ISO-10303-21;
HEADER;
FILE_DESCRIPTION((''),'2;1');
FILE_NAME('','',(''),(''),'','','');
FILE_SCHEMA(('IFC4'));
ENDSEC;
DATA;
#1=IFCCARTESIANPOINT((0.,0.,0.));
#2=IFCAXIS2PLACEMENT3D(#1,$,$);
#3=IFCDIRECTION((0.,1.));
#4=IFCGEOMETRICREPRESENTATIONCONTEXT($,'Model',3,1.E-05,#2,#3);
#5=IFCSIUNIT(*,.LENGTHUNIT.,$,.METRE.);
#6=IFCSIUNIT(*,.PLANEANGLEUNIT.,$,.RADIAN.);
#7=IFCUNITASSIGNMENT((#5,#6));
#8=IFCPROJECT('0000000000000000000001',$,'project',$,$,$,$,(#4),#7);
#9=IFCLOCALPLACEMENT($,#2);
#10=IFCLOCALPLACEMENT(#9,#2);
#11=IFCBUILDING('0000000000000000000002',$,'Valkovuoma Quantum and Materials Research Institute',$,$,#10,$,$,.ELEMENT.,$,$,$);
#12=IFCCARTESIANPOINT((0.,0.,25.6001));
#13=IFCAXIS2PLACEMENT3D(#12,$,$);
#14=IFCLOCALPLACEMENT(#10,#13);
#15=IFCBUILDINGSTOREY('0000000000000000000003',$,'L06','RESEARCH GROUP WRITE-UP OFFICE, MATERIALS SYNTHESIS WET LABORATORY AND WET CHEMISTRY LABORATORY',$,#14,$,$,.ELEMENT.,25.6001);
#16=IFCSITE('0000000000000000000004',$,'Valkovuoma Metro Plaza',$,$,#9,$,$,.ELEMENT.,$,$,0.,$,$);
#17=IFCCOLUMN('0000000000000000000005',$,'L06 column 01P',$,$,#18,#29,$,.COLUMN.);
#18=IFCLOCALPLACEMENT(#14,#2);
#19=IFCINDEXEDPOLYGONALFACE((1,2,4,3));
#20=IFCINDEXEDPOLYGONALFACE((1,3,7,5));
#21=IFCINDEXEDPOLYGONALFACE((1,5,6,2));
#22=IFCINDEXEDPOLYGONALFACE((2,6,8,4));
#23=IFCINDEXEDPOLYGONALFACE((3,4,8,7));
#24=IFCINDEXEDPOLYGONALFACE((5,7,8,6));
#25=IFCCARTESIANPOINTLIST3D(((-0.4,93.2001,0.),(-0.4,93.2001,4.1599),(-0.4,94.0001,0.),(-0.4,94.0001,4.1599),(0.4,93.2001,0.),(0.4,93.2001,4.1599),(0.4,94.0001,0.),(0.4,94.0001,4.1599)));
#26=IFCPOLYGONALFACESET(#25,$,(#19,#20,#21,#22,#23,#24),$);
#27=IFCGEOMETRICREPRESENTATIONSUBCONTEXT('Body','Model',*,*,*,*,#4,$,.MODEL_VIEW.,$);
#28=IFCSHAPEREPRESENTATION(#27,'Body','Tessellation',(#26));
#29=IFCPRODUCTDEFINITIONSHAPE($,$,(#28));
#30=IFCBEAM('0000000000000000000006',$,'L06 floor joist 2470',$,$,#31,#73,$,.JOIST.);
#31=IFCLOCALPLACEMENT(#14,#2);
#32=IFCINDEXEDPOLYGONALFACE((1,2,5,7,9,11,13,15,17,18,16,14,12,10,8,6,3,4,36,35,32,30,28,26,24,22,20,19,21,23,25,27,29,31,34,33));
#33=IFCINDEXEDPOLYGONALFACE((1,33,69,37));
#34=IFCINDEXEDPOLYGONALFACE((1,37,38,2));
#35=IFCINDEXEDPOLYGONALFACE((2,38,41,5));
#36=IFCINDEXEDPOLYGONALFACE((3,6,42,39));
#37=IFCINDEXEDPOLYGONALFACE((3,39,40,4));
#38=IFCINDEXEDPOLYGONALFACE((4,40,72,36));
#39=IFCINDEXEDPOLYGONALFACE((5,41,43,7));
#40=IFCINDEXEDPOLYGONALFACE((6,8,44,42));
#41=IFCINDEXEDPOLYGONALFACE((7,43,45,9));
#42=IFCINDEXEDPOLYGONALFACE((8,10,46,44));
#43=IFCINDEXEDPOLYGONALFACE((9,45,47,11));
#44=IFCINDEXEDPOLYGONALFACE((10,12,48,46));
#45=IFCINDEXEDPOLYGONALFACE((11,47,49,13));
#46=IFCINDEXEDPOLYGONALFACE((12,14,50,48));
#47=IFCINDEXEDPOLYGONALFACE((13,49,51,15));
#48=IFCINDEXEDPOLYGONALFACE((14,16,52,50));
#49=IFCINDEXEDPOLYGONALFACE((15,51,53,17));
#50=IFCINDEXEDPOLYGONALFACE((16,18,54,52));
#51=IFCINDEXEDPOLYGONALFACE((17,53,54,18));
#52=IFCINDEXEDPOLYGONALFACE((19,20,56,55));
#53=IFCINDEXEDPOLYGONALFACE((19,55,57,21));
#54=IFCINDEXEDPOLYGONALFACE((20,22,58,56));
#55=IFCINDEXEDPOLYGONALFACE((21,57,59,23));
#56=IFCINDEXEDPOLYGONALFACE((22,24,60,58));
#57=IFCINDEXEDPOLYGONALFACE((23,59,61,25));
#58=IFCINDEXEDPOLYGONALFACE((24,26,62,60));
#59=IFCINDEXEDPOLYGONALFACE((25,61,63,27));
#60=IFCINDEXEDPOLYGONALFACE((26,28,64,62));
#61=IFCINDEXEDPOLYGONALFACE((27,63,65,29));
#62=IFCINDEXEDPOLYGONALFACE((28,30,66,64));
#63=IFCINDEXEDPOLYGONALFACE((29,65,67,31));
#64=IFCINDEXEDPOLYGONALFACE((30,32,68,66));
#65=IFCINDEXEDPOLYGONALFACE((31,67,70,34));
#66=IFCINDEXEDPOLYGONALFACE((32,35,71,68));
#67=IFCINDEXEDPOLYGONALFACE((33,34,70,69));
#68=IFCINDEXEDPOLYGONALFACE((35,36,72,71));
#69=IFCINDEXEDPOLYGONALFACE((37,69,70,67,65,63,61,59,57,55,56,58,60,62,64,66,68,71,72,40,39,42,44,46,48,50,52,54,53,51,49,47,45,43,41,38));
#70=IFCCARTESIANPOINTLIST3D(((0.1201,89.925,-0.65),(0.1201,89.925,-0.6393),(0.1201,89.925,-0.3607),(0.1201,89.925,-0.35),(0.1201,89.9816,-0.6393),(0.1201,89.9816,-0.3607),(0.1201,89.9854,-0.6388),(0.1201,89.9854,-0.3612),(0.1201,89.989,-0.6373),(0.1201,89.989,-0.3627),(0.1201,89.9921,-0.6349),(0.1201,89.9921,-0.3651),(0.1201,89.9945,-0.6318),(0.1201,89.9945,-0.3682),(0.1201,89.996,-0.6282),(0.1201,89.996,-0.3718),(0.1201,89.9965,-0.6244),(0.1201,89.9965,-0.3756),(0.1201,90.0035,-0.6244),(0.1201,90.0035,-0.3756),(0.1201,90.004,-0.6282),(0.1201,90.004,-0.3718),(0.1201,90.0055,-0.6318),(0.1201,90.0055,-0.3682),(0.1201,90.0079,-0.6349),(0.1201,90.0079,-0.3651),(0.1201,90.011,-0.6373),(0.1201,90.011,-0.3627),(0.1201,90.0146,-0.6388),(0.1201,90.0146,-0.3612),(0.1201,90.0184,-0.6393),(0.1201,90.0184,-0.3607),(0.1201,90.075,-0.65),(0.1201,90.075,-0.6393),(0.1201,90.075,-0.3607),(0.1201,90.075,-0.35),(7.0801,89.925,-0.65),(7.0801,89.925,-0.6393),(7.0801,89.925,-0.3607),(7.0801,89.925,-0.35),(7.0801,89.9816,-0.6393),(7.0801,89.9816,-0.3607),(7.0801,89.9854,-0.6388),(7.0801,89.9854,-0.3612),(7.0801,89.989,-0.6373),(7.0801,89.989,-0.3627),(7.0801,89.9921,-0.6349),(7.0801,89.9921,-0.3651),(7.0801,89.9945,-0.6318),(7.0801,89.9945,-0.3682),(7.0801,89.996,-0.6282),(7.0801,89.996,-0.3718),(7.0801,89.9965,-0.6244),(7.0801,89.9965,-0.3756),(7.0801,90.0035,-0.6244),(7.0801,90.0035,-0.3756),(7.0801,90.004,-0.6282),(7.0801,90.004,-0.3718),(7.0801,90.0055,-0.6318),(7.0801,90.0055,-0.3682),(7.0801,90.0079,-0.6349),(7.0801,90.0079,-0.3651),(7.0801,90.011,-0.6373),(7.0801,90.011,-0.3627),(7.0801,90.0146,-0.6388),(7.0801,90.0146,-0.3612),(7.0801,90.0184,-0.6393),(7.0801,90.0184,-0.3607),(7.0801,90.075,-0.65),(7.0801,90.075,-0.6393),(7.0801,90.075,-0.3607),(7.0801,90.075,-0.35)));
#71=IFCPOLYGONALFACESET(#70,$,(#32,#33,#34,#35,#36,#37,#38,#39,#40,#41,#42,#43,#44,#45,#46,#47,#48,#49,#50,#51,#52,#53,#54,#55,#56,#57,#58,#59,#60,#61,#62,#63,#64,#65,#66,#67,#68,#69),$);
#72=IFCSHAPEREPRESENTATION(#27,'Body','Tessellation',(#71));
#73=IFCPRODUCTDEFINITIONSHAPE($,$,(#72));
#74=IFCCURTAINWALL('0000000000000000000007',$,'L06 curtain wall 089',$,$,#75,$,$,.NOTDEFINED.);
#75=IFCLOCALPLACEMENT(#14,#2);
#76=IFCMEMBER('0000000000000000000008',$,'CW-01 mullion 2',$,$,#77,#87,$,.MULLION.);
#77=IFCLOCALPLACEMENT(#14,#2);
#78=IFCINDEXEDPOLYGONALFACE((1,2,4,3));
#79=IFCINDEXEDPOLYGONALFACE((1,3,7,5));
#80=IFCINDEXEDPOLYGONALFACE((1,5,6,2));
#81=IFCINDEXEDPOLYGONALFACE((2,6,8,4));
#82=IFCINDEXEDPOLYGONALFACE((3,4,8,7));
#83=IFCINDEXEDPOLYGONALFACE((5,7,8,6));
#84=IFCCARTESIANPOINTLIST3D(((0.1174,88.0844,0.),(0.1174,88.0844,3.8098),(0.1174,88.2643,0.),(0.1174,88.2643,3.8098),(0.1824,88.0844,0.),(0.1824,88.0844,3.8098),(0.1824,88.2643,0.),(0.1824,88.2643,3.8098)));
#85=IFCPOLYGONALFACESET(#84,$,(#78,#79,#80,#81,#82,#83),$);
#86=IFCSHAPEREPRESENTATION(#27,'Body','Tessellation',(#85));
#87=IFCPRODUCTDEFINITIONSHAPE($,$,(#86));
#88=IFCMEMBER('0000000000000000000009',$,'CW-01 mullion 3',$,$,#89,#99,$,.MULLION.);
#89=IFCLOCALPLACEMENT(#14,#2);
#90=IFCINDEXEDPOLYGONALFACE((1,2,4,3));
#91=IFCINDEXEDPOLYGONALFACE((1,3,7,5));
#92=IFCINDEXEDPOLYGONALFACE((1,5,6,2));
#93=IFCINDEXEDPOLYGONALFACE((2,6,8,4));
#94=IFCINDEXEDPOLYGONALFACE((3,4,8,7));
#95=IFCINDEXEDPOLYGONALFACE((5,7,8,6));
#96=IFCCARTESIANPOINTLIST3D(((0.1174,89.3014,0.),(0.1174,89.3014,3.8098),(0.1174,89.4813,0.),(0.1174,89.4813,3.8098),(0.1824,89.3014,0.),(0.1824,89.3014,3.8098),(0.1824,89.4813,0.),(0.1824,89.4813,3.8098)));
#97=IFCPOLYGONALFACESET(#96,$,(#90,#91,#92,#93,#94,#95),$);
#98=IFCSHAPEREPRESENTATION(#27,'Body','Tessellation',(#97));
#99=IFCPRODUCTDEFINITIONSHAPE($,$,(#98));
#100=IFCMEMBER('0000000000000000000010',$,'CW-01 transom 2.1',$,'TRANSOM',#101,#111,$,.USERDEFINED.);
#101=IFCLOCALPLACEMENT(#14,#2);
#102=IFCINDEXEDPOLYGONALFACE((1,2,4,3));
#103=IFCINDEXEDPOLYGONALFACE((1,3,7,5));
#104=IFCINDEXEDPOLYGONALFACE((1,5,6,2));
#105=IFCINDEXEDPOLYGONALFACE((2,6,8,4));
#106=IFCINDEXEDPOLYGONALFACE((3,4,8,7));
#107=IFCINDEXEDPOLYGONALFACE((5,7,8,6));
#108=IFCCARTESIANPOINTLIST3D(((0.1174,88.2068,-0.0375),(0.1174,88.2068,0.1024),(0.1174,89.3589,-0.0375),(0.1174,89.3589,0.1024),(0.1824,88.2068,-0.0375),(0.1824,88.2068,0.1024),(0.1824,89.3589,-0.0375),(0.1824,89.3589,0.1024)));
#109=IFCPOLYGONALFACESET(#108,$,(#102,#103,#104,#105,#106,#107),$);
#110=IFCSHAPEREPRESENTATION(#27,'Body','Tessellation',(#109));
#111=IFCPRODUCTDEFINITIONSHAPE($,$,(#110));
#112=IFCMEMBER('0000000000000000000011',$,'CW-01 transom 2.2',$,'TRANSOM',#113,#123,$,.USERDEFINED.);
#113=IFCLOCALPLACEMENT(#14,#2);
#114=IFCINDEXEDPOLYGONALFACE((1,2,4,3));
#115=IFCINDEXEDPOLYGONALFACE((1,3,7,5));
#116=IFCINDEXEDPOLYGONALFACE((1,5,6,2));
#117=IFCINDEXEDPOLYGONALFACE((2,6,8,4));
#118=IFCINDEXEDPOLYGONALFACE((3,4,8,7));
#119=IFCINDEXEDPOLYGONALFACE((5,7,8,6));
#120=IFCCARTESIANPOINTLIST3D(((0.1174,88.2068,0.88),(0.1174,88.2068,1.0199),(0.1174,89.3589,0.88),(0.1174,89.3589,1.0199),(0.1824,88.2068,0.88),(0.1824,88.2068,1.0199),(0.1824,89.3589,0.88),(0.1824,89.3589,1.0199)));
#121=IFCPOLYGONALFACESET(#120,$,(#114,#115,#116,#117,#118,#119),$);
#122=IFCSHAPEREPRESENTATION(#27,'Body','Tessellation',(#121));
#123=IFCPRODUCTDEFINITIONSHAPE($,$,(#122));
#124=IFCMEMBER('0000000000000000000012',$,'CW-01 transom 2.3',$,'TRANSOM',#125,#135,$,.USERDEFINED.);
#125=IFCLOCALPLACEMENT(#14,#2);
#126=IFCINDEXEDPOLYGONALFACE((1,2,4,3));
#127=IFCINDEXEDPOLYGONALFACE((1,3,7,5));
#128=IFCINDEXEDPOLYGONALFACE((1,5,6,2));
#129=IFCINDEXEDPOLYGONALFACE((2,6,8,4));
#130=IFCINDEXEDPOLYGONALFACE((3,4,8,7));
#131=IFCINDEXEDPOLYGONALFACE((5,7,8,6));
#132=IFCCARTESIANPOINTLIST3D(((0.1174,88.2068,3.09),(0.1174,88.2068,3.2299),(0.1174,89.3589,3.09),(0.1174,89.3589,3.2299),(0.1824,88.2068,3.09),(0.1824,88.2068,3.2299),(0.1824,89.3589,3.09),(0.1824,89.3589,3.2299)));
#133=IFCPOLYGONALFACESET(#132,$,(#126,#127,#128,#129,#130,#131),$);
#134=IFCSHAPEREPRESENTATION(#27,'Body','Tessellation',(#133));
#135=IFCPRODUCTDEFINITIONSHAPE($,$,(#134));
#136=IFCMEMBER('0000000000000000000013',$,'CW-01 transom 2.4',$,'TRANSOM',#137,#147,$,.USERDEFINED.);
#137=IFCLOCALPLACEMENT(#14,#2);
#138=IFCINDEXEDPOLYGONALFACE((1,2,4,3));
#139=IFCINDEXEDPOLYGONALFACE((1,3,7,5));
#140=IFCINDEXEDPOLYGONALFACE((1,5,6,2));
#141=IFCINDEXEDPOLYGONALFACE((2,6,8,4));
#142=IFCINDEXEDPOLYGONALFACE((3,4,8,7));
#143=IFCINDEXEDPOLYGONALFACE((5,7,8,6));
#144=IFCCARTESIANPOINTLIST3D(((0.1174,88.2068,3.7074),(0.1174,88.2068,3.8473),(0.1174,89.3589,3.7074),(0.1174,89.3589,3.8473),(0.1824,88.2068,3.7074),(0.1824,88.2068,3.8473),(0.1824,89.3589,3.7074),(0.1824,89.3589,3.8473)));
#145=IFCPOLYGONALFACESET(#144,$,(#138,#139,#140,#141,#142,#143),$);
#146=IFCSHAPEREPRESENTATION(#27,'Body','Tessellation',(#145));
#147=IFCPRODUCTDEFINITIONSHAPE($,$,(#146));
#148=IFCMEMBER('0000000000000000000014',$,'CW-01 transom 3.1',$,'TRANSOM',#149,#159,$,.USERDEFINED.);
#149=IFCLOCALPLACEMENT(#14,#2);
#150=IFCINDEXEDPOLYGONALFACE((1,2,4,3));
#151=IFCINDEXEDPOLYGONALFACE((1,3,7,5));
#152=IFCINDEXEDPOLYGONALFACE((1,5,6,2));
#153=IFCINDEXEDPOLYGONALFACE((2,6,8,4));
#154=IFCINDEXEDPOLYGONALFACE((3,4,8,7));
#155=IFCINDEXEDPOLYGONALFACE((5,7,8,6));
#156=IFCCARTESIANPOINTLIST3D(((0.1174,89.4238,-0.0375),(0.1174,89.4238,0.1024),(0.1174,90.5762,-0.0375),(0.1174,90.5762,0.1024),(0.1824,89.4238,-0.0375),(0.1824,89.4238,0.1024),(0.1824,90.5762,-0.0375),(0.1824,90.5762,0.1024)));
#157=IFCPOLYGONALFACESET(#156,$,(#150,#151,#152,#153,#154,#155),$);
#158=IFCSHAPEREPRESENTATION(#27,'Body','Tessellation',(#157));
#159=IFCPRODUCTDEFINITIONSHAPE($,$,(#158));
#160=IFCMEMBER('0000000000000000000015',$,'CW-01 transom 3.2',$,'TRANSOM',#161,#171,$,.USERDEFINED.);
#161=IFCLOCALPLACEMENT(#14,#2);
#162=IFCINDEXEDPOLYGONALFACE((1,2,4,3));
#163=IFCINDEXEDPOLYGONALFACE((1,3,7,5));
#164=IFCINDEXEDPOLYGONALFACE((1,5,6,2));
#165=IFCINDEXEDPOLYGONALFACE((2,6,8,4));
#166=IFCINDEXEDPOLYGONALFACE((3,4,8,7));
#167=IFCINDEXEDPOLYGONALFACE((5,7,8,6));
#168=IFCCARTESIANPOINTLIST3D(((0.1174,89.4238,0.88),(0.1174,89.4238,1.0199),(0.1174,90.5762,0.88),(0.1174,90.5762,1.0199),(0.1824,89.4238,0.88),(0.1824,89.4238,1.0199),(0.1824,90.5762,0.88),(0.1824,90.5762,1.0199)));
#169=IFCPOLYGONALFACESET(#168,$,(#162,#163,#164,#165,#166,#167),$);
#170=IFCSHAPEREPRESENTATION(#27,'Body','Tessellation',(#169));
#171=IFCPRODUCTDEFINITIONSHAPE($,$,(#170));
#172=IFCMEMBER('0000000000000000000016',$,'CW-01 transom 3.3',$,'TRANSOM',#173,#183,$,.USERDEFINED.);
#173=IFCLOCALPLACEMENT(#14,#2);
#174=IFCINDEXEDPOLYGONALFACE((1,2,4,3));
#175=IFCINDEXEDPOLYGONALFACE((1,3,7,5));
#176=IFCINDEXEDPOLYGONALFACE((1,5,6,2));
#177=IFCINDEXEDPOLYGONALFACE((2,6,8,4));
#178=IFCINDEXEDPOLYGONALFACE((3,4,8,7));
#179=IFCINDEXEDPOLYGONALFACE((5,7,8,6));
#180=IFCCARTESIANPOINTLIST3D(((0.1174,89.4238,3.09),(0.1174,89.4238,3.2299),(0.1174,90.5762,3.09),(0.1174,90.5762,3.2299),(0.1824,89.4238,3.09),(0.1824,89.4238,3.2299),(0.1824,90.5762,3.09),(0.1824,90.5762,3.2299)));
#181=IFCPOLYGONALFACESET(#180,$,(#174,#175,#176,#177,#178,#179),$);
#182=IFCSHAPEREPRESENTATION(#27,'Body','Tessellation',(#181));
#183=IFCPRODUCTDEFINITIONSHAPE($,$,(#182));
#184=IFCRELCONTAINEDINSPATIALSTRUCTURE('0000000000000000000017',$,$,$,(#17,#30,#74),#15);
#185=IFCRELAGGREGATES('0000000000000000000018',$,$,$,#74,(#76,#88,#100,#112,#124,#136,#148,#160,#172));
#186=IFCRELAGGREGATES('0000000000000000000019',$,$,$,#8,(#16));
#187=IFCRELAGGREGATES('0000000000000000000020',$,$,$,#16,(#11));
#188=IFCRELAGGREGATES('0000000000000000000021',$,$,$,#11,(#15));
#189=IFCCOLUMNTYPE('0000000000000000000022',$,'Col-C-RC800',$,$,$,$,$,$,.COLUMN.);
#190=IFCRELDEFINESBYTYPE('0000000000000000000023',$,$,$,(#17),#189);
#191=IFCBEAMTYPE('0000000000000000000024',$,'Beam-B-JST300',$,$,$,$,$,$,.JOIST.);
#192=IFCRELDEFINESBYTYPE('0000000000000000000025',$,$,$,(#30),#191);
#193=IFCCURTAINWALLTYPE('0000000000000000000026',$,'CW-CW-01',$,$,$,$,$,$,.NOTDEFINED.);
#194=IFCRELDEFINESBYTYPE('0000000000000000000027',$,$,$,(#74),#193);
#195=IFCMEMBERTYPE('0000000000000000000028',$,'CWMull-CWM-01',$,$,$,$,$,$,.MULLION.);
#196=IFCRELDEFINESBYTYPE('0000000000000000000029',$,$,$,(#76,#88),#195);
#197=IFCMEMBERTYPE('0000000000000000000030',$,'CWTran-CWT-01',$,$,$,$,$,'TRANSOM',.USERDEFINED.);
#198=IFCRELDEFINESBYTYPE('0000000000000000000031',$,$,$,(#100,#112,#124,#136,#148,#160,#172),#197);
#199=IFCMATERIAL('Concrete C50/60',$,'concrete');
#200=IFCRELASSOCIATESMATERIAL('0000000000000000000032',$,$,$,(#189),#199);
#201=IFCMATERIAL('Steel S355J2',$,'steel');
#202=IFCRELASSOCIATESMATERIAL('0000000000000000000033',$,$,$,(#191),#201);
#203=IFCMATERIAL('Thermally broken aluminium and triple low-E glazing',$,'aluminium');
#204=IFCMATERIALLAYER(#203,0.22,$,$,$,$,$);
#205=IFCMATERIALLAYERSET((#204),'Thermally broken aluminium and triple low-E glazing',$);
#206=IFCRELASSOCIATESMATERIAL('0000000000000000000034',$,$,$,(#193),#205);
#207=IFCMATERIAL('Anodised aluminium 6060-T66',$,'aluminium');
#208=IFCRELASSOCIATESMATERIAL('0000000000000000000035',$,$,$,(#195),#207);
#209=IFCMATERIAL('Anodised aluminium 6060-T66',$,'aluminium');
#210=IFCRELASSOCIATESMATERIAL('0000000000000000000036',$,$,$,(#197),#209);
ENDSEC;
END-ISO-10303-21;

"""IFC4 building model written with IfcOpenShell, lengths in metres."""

from ifc_helpers import new_model, si_unit, direction, frame, origin, origin_2d, place, context, subcontext, project, spatial, rectangle, i_section, extrude, material, layer, layer_set, material_profile, profile_set, type_object, element, aggregate, save


model = new_model("IFC4")

# Units and contexts
model_context = context("Model", 3, precision=1e-05, world=origin(), true_north=direction((0.0, 1.0)))
body_context = subcontext(model_context, "Body", "Model", "MODEL_VIEW")
ifc_project = project(units=[si_unit("LENGTHUNIT", "METRE"), si_unit("PLANEANGLEUNIT", "RADIAN")], contexts=[model_context])

# Site, building, storey
site_placement = place(None, origin())
site = spatial("IfcSite", under=ifc_project, at=site_placement, Name="Valkovuoma Metro Plaza", CompositionType="ELEMENT", RefElevation=0.0)
building_placement = place(site_placement, origin())
building = spatial("IfcBuilding", under=site, at=building_placement, Name="Valkovuoma Quantum and Materials Research Institute", CompositionType="ELEMENT")
storey_placement = place(building_placement, frame((0.0, 0.0, 25.6001)))
storey = spatial("IfcBuildingStorey", under=building, at=storey_placement, Name="L06", Description="RESEARCH GROUP WRITE-UP OFFICE, MATERIALS SYNTHESIS WET LABORATORY AND WET CHEMISTRY LABORATORY", CompositionType="ELEMENT", Elevation=25.6001)

# Column
ifc_material_1 = material(Name="Concrete C50/60", Category="concrete")
ifc_material_profile_1 = material_profile(ifc_material_1, rectangle(XDim=0.8, YDim=0.8, at=origin_2d()), Name="Concrete C50/60")
ifc_profile_set_1 = profile_set([ifc_material_profile_1], Name="Concrete C50/60")
column_type = type_object("IfcColumnType", Name="Col-C-RC800", PredefinedType="COLUMN", material=ifc_profile_set_1)
column_placement = place(storey_placement, frame((0.0, 93.6001, 0.0), z_axis=(0.0, 0.0, 1.0), x_axis=(1.0, 0.0, 0.0)))
element("IfcColumn", 1, at=column_placement, inside=storey, type_object=column_type, Name="L06 column 01P", PredefinedType="COLUMN", context=body_context, shape_type="SweptSolid", body=[
    extrude(rectangle(XDim=0.8, YDim=0.8, at=origin_2d()), origin(), (0.0, 0.0, 1.0), 4.1599),
])

# Beam
ifc_material_2 = material(Name="Steel S355J2", Category="steel")
ifc_material_profile_2 = material_profile(ifc_material_2, i_section(OverallWidth=0.1499, OverallDepth=0.3, WebThickness=0.0071, FlangeThickness=0.0107, FilletRadius=0.0149, at=origin_2d()), Name="Steel S355J2")
ifc_profile_set_2 = profile_set([ifc_material_profile_2], Name="Steel S355J2")
beam_type = type_object("IfcBeamType", Name="Beam-B-JST300", PredefinedType="JOIST", material=ifc_profile_set_2)
beam_placement = place(storey_placement, frame((0.1201, 90.0, -0.5), z_axis=(1.0, 0.0, 0.0), x_axis=(0.0, 1.0, 0.0)))
element("IfcBeam", 2, at=beam_placement, inside=storey, type_object=beam_type, Name="L06 floor joist 2470", PredefinedType="JOIST", context=body_context, shape_type="SweptSolid", body=[
    extrude(i_section(OverallWidth=0.1499, OverallDepth=0.3, WebThickness=0.0071, FlangeThickness=0.0107, FilletRadius=0.0149, at=origin_2d()), origin(), (0.0, 0.0, 1.0), 6.96),
])

# Curtain wall, members
ifc_material_3 = material(Name="Thermally broken aluminium and triple low-E glazing", Category="aluminium")
ifc_layer_1 = layer(ifc_material_3, 0.22)
ifc_layer_set_1 = layer_set([ifc_layer_1], Name="Thermally broken aluminium and triple low-E glazing")
curtain_wall_type = type_object("IfcCurtainWallType", Name="CW-CW-01", PredefinedType="NOTDEFINED", material=ifc_layer_set_1)
curtain_wall_placement = place(storey_placement, origin())
curtain_wall = element("IfcCurtainWall", 3, at=curtain_wall_placement, inside=storey, type_object=curtain_wall_type, Name="L06 curtain wall 089", PredefinedType="NOTDEFINED")
ifc_material_4 = material(Name="Anodised aluminium 6060-T66", Category="aluminium")
ifc_material_profile_3 = material_profile(ifc_material_4, rectangle(XDim=0.0649, YDim=0.1799, at=origin_2d()), Name="Anodised aluminium 6060-T66")
ifc_profile_set_3 = profile_set([ifc_material_profile_3], Name="Anodised aluminium 6060-T66")
member_type_1 = type_object("IfcMemberType", Name="CWMull-CWM-01", PredefinedType="MULLION", material=ifc_profile_set_3)
member_1_placement = place(storey_placement, frame((0.1499, 88.1743, 0.0), z_axis=(0.0, 0.0, 1.0), x_axis=(-1.0, 0.0, 0.0)))
member_1 = element("IfcMember", 4, at=member_1_placement, type_object=member_type_1, Name="CW-01 mullion 2", PredefinedType="MULLION", context=body_context, shape_type="SweptSolid", body=[
    extrude(rectangle(XDim=0.0649, YDim=0.1799, at=origin_2d()), origin(), (0.0, 0.0, 1.0), 3.8098),
])
member_2_placement = place(storey_placement, frame((0.1499, 89.3914, 0.0), z_axis=(0.0, 0.0, 1.0), x_axis=(-1.0, 0.0, 0.0)))
member_2 = element("IfcMember", 5, at=member_2_placement, type_object=member_type_1, Name="CW-01 mullion 3", PredefinedType="MULLION", context=body_context, shape_type="SweptSolid", body=[
    extrude(rectangle(XDim=0.0649, YDim=0.1799, at=origin_2d()), origin(), (0.0, 0.0, 1.0), 3.8098),
])
ifc_material_5 = material(Name="Anodised aluminium 6060-T66", Category="aluminium")
ifc_material_profile_4 = material_profile(ifc_material_5, rectangle(XDim=0.0649, YDim=0.1399, at=origin_2d()), Name="Anodised aluminium 6060-T66")
ifc_profile_set_4 = profile_set([ifc_material_profile_4], Name="Anodised aluminium 6060-T66")
member_type_2 = type_object("IfcMemberType", Name="CWTran-CWT-01", ElementType="TRANSOM", PredefinedType="USERDEFINED", material=ifc_profile_set_4)
member_3_placement = place(storey_placement, frame((0.1499, 88.2068, 0.0325), z_axis=(0.0, 1.0, 0.0), x_axis=(-1.0, 0.0, 0.0)))
member_3 = element("IfcMember", 6, at=member_3_placement, type_object=member_type_2, Name="CW-01 transom 2.1", ObjectType="TRANSOM", PredefinedType="USERDEFINED", context=body_context, shape_type="SweptSolid", body=[
    extrude(rectangle(XDim=0.0649, YDim=0.1399, at=origin_2d()), origin(), (0.0, 0.0, 1.0), 1.1521),
])
member_4_placement = place(storey_placement, frame((0.1499, 88.2068, 0.95), z_axis=(0.0, 1.0, 0.0), x_axis=(-1.0, 0.0, 0.0)))
member_4 = element("IfcMember", 7, at=member_4_placement, type_object=member_type_2, Name="CW-01 transom 2.2", ObjectType="TRANSOM", PredefinedType="USERDEFINED", context=body_context, shape_type="SweptSolid", body=[
    extrude(rectangle(XDim=0.0649, YDim=0.1399, at=origin_2d()), origin(), (0.0, 0.0, 1.0), 1.1521),
])
member_5_placement = place(storey_placement, frame((0.1499, 88.2068, 3.1599), z_axis=(0.0, 1.0, 0.0), x_axis=(-1.0, 0.0, 0.0)))
member_5 = element("IfcMember", 8, at=member_5_placement, type_object=member_type_2, Name="CW-01 transom 2.3", ObjectType="TRANSOM", PredefinedType="USERDEFINED", context=body_context, shape_type="SweptSolid", body=[
    extrude(rectangle(XDim=0.0649, YDim=0.1399, at=origin_2d()), origin(), (0.0, 0.0, 1.0), 1.1521),
])
member_6_placement = place(storey_placement, frame((0.1499, 88.2068, 3.7773), z_axis=(0.0, 1.0, 0.0), x_axis=(-1.0, 0.0, 0.0)))
member_6 = element("IfcMember", 9, at=member_6_placement, type_object=member_type_2, Name="CW-01 transom 2.4", ObjectType="TRANSOM", PredefinedType="USERDEFINED", context=body_context, shape_type="SweptSolid", body=[
    extrude(rectangle(XDim=0.0649, YDim=0.1399, at=origin_2d()), origin(), (0.0, 0.0, 1.0), 1.1521),
])
member_7_placement = place(storey_placement, frame((0.1499, 89.4238, 0.0325), z_axis=(0.0, 1.0, 0.0), x_axis=(-1.0, 0.0, 0.0)))
member_7 = element("IfcMember", 10, at=member_7_placement, type_object=member_type_2, Name="CW-01 transom 3.1", ObjectType="TRANSOM", PredefinedType="USERDEFINED", context=body_context, shape_type="SweptSolid", body=[
    extrude(rectangle(XDim=0.0649, YDim=0.1399, at=origin_2d()), origin(), (0.0, 0.0, 1.0), 1.1523),
])
member_8_placement = place(storey_placement, frame((0.1499, 89.4238, 0.95), z_axis=(0.0, 1.0, 0.0), x_axis=(-1.0, 0.0, 0.0)))
member_8 = element("IfcMember", 11, at=member_8_placement, type_object=member_type_2, Name="CW-01 transom 3.2", ObjectType="TRANSOM", PredefinedType="USERDEFINED", context=body_context, shape_type="SweptSolid", body=[
    extrude(rectangle(XDim=0.0649, YDim=0.1399, at=origin_2d()), origin(), (0.0, 0.0, 1.0), 1.1523),
])
member_9_placement = place(storey_placement, frame((0.1499, 89.4238, 3.1599), z_axis=(0.0, 1.0, 0.0), x_axis=(-1.0, 0.0, 0.0)))
member_9 = element("IfcMember", 12, at=member_9_placement, type_object=member_type_2, Name="CW-01 transom 3.3", ObjectType="TRANSOM", PredefinedType="USERDEFINED", context=body_context, shape_type="SweptSolid", body=[
    extrude(rectangle(XDim=0.0649, YDim=0.1399, at=origin_2d()), origin(), (0.0, 0.0, 1.0), 1.1523),
])
aggregate(curtain_wall, [member_1, member_2, member_3, member_4, member_5, member_6, member_7, member_8, member_9])

save(model, "model.ifc")
